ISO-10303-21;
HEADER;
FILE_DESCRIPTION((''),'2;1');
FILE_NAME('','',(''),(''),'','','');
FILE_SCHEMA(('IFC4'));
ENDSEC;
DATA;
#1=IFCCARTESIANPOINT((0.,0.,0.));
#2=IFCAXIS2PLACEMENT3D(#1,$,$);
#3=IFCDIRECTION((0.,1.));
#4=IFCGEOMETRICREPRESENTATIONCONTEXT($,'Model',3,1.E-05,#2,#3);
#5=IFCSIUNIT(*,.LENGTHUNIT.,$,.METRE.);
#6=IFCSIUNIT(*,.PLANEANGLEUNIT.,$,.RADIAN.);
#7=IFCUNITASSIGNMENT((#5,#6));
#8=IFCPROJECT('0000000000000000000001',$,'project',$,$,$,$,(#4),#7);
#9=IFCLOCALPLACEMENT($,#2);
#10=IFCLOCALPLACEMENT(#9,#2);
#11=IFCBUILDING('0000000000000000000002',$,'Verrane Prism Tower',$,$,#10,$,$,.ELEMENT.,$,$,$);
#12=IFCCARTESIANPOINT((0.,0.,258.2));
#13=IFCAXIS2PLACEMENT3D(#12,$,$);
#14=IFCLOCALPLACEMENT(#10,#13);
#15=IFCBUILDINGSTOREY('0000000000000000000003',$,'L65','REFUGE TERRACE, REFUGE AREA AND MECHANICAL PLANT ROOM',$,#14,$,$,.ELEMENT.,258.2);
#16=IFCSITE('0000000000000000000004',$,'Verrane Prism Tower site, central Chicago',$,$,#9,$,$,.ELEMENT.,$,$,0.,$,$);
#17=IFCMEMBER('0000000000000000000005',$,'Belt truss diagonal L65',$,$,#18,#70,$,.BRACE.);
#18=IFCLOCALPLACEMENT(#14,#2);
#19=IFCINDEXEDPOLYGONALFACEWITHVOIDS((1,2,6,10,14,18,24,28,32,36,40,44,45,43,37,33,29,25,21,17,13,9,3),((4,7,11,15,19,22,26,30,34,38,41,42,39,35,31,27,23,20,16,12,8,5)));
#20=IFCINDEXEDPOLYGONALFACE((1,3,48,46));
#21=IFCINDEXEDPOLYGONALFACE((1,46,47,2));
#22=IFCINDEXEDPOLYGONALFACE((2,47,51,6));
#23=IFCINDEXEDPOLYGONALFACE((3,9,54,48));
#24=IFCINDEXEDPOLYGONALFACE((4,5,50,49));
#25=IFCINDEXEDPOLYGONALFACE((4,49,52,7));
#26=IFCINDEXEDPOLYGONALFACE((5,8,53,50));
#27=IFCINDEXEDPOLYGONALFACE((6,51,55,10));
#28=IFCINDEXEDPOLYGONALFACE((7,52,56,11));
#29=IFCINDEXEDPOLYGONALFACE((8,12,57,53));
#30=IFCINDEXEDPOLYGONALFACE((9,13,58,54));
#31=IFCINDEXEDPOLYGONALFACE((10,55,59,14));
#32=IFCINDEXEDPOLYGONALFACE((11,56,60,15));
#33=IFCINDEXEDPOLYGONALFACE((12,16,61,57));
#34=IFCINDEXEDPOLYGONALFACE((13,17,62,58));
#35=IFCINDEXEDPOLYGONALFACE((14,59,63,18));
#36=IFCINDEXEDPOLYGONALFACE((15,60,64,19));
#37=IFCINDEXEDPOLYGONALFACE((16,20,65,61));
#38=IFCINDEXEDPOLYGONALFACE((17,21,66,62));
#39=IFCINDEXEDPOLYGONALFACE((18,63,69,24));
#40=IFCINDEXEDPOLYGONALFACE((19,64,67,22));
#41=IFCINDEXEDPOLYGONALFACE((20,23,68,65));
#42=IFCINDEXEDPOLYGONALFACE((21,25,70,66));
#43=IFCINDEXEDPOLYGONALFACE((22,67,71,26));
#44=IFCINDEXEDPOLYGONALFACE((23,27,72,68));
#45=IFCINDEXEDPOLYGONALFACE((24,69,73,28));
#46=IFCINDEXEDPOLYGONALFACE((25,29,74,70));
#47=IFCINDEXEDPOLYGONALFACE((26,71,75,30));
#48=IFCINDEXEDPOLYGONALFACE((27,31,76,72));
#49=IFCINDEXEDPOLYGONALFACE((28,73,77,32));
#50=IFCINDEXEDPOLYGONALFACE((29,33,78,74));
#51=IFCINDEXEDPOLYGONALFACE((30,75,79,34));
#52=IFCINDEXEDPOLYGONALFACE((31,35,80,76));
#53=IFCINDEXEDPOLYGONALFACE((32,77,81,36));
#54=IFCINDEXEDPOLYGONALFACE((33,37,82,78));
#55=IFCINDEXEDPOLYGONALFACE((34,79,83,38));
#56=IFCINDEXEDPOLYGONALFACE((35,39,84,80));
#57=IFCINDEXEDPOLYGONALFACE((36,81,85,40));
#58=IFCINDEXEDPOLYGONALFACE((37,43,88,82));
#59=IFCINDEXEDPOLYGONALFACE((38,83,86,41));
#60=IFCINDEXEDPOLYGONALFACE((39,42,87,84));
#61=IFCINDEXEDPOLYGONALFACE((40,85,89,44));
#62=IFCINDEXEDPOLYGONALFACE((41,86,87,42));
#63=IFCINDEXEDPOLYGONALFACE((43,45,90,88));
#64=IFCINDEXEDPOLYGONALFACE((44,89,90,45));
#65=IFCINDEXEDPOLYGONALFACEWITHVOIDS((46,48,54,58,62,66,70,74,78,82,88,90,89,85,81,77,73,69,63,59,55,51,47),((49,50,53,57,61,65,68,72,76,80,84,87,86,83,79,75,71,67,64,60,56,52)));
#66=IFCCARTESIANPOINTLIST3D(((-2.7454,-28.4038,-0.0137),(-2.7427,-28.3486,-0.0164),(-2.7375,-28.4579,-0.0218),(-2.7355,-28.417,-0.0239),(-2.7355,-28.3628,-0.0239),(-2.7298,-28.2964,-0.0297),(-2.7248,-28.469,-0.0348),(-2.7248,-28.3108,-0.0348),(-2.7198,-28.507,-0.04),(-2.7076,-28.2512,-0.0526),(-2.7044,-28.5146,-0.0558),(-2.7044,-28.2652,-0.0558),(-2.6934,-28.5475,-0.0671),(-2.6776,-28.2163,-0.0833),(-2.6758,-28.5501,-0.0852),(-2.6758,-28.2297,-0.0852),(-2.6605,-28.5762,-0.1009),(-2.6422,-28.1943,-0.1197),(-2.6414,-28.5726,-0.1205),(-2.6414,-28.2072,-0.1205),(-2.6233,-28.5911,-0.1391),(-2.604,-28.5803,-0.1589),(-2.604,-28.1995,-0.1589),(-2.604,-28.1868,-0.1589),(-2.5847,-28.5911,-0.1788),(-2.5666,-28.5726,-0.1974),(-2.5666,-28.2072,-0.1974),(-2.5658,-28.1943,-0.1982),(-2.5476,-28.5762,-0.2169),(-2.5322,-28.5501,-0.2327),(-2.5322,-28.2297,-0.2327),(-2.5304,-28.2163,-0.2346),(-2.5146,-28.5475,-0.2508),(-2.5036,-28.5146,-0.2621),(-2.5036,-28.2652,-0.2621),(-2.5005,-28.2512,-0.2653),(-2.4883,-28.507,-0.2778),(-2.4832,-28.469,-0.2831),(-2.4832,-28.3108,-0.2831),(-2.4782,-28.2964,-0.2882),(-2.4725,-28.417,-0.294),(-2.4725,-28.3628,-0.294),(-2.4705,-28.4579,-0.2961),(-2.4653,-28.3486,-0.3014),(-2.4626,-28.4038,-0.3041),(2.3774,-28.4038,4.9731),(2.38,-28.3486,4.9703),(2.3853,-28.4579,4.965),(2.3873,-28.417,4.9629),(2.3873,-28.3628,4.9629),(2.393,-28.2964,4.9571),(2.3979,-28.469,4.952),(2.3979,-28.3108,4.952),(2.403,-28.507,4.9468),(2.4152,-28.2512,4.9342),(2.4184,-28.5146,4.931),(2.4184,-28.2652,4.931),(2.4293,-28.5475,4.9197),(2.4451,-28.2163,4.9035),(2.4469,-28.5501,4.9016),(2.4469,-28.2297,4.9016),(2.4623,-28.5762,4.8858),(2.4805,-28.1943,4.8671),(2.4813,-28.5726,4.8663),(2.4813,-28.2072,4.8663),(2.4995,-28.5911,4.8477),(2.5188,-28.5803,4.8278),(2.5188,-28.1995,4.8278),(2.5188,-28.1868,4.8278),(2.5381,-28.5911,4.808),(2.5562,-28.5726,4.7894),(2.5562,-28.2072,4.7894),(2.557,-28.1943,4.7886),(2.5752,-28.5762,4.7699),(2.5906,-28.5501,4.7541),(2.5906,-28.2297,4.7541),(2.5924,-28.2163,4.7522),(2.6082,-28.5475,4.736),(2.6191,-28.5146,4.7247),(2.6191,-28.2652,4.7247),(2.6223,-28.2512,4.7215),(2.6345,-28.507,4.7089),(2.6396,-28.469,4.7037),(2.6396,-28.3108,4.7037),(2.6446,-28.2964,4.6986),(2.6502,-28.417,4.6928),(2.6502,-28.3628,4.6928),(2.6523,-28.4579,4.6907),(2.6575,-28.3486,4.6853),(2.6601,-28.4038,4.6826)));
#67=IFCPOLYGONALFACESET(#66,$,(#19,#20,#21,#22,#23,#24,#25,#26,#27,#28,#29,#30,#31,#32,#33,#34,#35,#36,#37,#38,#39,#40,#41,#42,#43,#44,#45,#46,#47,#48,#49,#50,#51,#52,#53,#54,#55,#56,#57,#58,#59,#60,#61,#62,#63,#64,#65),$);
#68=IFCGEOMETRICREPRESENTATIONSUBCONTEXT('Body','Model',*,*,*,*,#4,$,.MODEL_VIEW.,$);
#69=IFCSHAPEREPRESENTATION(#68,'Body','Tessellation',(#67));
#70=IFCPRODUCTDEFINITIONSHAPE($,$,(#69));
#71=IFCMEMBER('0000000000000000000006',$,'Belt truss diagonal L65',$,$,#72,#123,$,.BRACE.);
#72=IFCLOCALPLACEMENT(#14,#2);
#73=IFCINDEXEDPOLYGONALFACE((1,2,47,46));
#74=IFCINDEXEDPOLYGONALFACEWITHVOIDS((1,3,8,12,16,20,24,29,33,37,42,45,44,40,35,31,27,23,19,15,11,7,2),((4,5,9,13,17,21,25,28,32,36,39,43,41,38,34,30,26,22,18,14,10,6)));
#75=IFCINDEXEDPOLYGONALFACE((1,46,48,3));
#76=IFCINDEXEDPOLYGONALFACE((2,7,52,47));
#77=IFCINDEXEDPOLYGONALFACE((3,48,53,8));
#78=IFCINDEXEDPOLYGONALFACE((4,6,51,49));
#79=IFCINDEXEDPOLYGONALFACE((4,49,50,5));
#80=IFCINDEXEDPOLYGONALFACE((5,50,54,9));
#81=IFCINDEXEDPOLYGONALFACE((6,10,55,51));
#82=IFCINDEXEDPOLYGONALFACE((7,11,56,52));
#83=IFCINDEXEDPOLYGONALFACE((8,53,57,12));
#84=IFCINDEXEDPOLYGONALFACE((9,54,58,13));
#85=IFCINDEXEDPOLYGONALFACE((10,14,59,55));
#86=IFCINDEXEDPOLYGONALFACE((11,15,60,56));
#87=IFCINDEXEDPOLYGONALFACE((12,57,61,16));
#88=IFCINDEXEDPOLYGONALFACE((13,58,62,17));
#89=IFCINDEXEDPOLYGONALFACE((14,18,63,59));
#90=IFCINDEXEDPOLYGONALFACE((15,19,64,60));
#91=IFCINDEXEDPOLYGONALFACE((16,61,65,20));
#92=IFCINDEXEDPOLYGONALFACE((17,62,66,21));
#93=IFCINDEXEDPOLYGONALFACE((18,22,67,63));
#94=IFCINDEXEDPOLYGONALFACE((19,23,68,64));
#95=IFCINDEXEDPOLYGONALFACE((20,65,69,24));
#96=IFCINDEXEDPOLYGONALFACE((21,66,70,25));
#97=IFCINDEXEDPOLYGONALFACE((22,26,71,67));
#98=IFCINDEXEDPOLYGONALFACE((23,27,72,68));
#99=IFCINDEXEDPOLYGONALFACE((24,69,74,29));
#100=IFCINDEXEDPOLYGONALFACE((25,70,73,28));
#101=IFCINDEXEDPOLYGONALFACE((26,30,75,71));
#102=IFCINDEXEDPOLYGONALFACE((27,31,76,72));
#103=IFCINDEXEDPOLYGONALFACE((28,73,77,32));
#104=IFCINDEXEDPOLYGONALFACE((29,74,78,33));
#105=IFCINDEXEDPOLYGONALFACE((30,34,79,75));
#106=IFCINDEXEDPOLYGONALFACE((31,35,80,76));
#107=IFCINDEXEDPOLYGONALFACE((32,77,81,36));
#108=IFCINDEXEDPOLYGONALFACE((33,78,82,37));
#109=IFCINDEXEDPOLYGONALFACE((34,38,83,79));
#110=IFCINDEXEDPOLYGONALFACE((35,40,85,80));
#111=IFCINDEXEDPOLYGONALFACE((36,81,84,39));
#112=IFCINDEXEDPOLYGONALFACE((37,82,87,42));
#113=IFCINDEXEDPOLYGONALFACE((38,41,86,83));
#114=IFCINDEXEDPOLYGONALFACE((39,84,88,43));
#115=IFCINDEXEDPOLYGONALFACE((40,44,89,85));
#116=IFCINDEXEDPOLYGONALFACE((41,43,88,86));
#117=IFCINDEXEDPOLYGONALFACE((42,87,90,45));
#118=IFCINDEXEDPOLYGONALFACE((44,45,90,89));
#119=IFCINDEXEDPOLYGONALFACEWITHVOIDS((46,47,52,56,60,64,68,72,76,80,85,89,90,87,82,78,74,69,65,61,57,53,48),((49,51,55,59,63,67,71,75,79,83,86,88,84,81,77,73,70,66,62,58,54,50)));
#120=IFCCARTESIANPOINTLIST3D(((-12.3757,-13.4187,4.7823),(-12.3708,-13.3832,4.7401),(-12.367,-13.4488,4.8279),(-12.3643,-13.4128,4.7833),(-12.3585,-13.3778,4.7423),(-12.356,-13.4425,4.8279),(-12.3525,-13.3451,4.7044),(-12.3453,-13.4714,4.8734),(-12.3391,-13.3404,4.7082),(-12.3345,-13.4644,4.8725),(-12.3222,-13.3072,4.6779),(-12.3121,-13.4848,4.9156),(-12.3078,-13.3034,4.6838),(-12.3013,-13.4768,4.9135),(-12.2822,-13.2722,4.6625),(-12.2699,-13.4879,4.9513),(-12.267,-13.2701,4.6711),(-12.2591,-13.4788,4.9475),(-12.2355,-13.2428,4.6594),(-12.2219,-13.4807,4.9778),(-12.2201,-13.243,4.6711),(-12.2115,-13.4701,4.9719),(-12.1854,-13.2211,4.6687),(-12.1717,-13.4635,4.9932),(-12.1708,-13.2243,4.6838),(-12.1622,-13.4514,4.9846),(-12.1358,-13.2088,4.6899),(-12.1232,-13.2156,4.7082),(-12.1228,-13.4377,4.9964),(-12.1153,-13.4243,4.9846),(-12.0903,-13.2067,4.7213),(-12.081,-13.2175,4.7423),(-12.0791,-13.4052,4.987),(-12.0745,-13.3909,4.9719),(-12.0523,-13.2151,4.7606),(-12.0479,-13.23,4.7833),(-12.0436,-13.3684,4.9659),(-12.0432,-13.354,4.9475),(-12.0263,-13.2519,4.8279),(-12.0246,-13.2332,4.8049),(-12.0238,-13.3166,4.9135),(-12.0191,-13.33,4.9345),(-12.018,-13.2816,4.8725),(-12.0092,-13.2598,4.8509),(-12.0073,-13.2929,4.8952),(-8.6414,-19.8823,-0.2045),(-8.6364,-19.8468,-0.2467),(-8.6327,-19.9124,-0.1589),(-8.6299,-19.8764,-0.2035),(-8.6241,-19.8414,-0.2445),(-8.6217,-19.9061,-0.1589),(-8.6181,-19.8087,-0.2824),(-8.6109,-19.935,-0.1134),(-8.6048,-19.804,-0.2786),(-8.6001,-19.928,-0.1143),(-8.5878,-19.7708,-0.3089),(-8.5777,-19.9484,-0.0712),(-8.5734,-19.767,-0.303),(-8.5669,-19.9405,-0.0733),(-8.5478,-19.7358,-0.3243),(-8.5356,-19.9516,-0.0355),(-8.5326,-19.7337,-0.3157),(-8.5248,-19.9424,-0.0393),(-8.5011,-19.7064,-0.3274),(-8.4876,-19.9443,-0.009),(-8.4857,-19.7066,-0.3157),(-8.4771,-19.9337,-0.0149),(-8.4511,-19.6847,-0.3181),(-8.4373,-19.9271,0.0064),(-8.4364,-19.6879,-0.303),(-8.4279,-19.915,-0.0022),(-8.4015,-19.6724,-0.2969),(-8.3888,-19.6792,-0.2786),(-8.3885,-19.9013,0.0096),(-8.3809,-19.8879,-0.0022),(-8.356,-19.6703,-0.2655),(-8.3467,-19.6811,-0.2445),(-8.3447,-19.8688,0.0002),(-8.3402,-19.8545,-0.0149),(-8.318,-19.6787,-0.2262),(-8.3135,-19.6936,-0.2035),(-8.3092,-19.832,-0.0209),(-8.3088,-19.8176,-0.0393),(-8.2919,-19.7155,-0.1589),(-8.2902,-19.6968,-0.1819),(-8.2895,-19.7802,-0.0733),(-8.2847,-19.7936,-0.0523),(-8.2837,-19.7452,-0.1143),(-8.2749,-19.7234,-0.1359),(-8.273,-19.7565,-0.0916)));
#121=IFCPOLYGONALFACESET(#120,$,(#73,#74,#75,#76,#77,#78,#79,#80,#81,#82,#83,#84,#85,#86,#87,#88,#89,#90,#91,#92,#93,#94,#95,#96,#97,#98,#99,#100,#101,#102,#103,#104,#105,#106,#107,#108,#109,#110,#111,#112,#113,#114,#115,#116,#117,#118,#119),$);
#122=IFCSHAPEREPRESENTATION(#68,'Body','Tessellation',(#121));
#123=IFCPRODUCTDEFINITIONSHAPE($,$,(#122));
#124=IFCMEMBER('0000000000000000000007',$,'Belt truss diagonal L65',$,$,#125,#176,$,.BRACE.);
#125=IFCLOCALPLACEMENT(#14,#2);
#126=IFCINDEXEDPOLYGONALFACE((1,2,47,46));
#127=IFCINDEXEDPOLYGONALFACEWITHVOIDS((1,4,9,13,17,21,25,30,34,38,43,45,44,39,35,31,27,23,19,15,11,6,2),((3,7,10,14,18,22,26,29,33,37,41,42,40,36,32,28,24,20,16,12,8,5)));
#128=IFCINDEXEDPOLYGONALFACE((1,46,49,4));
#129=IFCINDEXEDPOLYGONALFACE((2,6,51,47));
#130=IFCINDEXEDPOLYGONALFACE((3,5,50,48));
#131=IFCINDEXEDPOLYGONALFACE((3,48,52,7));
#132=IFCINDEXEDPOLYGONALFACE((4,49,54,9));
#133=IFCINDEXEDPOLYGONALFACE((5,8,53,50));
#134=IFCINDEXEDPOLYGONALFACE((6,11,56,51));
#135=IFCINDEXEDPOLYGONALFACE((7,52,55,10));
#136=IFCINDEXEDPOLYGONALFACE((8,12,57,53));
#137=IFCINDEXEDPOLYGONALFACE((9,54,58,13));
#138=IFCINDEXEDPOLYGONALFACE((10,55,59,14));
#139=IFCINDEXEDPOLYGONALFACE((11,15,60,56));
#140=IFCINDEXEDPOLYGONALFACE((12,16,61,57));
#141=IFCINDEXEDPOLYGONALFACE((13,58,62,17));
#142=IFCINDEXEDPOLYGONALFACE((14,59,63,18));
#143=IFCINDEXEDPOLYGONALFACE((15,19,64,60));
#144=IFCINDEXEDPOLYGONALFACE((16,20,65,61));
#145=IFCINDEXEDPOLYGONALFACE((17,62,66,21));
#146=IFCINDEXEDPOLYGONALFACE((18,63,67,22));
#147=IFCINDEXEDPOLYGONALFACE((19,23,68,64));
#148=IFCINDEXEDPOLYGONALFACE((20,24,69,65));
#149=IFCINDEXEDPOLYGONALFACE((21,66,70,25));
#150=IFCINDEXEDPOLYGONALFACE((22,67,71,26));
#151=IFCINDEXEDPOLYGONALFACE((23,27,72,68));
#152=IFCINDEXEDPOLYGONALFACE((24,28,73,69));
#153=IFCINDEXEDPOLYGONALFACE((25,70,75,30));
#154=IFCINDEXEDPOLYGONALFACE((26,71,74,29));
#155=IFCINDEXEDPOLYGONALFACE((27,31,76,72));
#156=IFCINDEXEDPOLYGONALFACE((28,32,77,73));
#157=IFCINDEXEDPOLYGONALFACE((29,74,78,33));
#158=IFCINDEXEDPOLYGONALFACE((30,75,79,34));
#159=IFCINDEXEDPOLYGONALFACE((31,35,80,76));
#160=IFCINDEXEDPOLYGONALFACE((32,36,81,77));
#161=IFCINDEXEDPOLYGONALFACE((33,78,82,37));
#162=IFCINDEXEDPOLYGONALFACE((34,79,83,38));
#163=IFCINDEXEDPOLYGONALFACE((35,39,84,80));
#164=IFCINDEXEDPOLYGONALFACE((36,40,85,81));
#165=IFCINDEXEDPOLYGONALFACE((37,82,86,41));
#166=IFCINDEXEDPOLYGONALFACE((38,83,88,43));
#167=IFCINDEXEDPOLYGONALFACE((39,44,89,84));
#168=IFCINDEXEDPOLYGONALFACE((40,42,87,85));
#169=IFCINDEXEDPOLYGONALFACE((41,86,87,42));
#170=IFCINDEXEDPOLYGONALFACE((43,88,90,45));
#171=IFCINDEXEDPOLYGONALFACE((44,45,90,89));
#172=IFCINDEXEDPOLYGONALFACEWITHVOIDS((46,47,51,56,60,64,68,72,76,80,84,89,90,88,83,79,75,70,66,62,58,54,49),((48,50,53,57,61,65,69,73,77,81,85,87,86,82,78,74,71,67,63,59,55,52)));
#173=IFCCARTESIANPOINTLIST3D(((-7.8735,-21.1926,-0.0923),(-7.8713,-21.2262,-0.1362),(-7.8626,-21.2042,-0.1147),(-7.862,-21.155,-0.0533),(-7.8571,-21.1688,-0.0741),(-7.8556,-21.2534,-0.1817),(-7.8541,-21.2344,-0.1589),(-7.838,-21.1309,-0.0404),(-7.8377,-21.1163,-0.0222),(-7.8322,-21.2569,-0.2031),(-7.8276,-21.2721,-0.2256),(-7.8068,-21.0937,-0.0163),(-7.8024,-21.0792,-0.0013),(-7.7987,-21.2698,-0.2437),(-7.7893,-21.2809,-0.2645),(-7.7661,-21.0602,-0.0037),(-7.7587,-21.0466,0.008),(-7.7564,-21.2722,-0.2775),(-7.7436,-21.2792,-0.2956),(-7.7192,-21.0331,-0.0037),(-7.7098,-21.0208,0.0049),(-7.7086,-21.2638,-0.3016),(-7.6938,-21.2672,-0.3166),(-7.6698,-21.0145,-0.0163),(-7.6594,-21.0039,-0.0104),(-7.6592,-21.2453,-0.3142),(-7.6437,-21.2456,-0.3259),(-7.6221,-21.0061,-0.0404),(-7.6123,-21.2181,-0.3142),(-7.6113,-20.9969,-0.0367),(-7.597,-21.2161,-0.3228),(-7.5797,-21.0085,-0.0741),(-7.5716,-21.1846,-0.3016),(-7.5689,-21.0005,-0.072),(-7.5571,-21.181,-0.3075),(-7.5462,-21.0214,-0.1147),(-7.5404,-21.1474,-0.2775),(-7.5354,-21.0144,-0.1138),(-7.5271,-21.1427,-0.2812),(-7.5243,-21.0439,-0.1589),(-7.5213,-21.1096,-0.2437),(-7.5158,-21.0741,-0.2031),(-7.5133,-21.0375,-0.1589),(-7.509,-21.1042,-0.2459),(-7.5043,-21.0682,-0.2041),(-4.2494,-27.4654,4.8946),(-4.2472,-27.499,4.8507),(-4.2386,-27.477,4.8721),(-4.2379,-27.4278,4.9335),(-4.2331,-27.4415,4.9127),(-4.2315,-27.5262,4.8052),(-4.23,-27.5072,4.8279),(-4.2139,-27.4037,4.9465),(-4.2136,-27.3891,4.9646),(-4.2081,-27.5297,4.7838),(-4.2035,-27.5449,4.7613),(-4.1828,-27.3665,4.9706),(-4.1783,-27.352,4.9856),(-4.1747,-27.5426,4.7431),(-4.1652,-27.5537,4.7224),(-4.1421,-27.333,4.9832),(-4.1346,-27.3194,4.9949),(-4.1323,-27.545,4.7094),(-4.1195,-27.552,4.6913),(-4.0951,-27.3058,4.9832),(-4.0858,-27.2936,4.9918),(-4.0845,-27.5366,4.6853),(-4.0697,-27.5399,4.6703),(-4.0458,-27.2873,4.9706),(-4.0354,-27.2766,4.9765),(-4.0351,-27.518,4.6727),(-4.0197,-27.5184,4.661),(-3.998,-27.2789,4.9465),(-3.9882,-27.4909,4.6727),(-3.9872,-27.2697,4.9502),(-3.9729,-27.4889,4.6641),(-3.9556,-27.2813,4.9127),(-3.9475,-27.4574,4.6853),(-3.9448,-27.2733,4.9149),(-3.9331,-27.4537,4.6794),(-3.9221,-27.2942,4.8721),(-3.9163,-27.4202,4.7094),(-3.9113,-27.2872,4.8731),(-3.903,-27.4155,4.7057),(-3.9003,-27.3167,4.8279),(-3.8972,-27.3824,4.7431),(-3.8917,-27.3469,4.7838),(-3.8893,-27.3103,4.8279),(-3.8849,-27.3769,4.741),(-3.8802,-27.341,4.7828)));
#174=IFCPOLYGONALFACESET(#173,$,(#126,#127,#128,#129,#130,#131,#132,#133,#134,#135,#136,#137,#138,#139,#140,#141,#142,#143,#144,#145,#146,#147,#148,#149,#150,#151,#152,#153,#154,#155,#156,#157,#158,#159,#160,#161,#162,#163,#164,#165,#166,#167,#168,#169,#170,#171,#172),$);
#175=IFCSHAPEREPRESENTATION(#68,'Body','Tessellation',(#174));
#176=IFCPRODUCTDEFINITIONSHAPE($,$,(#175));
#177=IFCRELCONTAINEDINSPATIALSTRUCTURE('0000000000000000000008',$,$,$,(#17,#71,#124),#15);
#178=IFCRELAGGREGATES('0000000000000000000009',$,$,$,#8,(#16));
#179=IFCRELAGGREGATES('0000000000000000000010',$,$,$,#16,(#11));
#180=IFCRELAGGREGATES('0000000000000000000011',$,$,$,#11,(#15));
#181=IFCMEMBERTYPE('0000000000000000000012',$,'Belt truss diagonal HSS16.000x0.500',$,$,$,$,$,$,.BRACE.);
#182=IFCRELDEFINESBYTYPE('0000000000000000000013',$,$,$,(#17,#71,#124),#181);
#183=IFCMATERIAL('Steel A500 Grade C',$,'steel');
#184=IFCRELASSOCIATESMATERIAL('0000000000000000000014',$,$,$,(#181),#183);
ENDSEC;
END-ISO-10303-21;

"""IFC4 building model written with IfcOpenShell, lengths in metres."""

from ifc_helpers import new_model, si_unit, direction, frame, origin, origin_2d, place, context, subcontext, project, spatial, hollow_circle, extrude, material, material_profile, profile_set, type_object, element, save


model = new_model("IFC4")

# Units and contexts
model_context = context("Model", 3, precision=1e-05, world=origin(), true_north=direction((0.0, 1.0)))
body_context = subcontext(model_context, "Body", "Model", "MODEL_VIEW")
ifc_project = project(units=[si_unit("LENGTHUNIT", "METRE"), si_unit("PLANEANGLEUNIT", "RADIAN")], contexts=[model_context])

# Site, building, storey
site_placement = place(None, origin())
site = spatial("IfcSite", under=ifc_project, at=site_placement, Name="Verrane Prism Tower site, central Chicago", CompositionType="ELEMENT", RefElevation=0.0)
building_placement = place(site_placement, origin())
building = spatial("IfcBuilding", under=site, at=building_placement, Name="Verrane Prism Tower", CompositionType="ELEMENT")
storey_placement = place(building_placement, frame((0.0, 0.0, 258.2)))
storey = spatial("IfcBuildingStorey", under=building, at=storey_placement, Name="L65", Description="REFUGE TERRACE, REFUGE AREA AND MECHANICAL PLANT ROOM", CompositionType="ELEMENT", Elevation=258.2)

# Members
ifc_material_1 = material(Name="Steel A500 Grade C", Category="steel")
ifc_material_profile_1 = material_profile(ifc_material_1, hollow_circle(Radius=0.2031, WallThickness=0.0127, at=origin_2d()), Name="HSS16.000x0.500")
ifc_profile_set_1 = profile_set([ifc_material_profile_1], Name="Steel A500 Grade C")
member_type_1 = type_object("IfcMemberType", Name="Belt truss diagonal HSS16.000x0.500", PredefinedType="BRACE", material=ifc_profile_set_1)
member_1_placement = place(storey_placement, frame((-2.604, -28.3899, -0.1589), z_axis=(0.716553, 0.0, 0.697532), x_axis=(0.0, 1.0, 0.0)))
element("IfcMember", 1, at=member_1_placement, inside=storey, type_object=member_type_1, Name="Belt truss diagonal L65", PredefinedType="BRACE", context=body_context, shape_type="SweptSolid", body=[
    extrude(hollow_circle(Radius=0.2031, WallThickness=0.0127, at=origin_2d()), origin(), (0.0, 0.0, 1.0), 7.1492),
])
member_2_placement = place(storey_placement, frame((-8.4568, -19.8108, -0.1589), z_axis=(-0.415979, 0.719995, 0.55549), x_axis=(-0.865875, -0.500261, 0.0)))
element("IfcMember", 2, at=member_2_placement, inside=storey, type_object=member_type_1, Name="Belt truss diagonal L65", PredefinedType="BRACE", context=body_context, shape_type="SweptSolid", body=[
    extrude(hollow_circle(Radius=0.2031, WallThickness=0.0127, at=origin_2d()), origin(), (0.0, 0.0, 1.0), 8.9773),
])
member_3_placement = place(storey_placement, frame((-7.6892, -21.1392, -0.1589), z_axis=(0.412064, -0.713228, 0.567018), x_axis=(0.865877, 0.500256, 0.0)))
element("IfcMember", 3, at=member_3_placement, inside=storey, type_object=member_type_1, Name="Belt truss diagonal L65", PredefinedType="BRACE", context=body_context, shape_type="SweptSolid", body=[
    extrude(hollow_circle(Radius=0.2031, WallThickness=0.0127, at=origin_2d()), origin(), (0.0, 0.0, 1.0), 8.7949),
])

save(model, "model.ifc")
